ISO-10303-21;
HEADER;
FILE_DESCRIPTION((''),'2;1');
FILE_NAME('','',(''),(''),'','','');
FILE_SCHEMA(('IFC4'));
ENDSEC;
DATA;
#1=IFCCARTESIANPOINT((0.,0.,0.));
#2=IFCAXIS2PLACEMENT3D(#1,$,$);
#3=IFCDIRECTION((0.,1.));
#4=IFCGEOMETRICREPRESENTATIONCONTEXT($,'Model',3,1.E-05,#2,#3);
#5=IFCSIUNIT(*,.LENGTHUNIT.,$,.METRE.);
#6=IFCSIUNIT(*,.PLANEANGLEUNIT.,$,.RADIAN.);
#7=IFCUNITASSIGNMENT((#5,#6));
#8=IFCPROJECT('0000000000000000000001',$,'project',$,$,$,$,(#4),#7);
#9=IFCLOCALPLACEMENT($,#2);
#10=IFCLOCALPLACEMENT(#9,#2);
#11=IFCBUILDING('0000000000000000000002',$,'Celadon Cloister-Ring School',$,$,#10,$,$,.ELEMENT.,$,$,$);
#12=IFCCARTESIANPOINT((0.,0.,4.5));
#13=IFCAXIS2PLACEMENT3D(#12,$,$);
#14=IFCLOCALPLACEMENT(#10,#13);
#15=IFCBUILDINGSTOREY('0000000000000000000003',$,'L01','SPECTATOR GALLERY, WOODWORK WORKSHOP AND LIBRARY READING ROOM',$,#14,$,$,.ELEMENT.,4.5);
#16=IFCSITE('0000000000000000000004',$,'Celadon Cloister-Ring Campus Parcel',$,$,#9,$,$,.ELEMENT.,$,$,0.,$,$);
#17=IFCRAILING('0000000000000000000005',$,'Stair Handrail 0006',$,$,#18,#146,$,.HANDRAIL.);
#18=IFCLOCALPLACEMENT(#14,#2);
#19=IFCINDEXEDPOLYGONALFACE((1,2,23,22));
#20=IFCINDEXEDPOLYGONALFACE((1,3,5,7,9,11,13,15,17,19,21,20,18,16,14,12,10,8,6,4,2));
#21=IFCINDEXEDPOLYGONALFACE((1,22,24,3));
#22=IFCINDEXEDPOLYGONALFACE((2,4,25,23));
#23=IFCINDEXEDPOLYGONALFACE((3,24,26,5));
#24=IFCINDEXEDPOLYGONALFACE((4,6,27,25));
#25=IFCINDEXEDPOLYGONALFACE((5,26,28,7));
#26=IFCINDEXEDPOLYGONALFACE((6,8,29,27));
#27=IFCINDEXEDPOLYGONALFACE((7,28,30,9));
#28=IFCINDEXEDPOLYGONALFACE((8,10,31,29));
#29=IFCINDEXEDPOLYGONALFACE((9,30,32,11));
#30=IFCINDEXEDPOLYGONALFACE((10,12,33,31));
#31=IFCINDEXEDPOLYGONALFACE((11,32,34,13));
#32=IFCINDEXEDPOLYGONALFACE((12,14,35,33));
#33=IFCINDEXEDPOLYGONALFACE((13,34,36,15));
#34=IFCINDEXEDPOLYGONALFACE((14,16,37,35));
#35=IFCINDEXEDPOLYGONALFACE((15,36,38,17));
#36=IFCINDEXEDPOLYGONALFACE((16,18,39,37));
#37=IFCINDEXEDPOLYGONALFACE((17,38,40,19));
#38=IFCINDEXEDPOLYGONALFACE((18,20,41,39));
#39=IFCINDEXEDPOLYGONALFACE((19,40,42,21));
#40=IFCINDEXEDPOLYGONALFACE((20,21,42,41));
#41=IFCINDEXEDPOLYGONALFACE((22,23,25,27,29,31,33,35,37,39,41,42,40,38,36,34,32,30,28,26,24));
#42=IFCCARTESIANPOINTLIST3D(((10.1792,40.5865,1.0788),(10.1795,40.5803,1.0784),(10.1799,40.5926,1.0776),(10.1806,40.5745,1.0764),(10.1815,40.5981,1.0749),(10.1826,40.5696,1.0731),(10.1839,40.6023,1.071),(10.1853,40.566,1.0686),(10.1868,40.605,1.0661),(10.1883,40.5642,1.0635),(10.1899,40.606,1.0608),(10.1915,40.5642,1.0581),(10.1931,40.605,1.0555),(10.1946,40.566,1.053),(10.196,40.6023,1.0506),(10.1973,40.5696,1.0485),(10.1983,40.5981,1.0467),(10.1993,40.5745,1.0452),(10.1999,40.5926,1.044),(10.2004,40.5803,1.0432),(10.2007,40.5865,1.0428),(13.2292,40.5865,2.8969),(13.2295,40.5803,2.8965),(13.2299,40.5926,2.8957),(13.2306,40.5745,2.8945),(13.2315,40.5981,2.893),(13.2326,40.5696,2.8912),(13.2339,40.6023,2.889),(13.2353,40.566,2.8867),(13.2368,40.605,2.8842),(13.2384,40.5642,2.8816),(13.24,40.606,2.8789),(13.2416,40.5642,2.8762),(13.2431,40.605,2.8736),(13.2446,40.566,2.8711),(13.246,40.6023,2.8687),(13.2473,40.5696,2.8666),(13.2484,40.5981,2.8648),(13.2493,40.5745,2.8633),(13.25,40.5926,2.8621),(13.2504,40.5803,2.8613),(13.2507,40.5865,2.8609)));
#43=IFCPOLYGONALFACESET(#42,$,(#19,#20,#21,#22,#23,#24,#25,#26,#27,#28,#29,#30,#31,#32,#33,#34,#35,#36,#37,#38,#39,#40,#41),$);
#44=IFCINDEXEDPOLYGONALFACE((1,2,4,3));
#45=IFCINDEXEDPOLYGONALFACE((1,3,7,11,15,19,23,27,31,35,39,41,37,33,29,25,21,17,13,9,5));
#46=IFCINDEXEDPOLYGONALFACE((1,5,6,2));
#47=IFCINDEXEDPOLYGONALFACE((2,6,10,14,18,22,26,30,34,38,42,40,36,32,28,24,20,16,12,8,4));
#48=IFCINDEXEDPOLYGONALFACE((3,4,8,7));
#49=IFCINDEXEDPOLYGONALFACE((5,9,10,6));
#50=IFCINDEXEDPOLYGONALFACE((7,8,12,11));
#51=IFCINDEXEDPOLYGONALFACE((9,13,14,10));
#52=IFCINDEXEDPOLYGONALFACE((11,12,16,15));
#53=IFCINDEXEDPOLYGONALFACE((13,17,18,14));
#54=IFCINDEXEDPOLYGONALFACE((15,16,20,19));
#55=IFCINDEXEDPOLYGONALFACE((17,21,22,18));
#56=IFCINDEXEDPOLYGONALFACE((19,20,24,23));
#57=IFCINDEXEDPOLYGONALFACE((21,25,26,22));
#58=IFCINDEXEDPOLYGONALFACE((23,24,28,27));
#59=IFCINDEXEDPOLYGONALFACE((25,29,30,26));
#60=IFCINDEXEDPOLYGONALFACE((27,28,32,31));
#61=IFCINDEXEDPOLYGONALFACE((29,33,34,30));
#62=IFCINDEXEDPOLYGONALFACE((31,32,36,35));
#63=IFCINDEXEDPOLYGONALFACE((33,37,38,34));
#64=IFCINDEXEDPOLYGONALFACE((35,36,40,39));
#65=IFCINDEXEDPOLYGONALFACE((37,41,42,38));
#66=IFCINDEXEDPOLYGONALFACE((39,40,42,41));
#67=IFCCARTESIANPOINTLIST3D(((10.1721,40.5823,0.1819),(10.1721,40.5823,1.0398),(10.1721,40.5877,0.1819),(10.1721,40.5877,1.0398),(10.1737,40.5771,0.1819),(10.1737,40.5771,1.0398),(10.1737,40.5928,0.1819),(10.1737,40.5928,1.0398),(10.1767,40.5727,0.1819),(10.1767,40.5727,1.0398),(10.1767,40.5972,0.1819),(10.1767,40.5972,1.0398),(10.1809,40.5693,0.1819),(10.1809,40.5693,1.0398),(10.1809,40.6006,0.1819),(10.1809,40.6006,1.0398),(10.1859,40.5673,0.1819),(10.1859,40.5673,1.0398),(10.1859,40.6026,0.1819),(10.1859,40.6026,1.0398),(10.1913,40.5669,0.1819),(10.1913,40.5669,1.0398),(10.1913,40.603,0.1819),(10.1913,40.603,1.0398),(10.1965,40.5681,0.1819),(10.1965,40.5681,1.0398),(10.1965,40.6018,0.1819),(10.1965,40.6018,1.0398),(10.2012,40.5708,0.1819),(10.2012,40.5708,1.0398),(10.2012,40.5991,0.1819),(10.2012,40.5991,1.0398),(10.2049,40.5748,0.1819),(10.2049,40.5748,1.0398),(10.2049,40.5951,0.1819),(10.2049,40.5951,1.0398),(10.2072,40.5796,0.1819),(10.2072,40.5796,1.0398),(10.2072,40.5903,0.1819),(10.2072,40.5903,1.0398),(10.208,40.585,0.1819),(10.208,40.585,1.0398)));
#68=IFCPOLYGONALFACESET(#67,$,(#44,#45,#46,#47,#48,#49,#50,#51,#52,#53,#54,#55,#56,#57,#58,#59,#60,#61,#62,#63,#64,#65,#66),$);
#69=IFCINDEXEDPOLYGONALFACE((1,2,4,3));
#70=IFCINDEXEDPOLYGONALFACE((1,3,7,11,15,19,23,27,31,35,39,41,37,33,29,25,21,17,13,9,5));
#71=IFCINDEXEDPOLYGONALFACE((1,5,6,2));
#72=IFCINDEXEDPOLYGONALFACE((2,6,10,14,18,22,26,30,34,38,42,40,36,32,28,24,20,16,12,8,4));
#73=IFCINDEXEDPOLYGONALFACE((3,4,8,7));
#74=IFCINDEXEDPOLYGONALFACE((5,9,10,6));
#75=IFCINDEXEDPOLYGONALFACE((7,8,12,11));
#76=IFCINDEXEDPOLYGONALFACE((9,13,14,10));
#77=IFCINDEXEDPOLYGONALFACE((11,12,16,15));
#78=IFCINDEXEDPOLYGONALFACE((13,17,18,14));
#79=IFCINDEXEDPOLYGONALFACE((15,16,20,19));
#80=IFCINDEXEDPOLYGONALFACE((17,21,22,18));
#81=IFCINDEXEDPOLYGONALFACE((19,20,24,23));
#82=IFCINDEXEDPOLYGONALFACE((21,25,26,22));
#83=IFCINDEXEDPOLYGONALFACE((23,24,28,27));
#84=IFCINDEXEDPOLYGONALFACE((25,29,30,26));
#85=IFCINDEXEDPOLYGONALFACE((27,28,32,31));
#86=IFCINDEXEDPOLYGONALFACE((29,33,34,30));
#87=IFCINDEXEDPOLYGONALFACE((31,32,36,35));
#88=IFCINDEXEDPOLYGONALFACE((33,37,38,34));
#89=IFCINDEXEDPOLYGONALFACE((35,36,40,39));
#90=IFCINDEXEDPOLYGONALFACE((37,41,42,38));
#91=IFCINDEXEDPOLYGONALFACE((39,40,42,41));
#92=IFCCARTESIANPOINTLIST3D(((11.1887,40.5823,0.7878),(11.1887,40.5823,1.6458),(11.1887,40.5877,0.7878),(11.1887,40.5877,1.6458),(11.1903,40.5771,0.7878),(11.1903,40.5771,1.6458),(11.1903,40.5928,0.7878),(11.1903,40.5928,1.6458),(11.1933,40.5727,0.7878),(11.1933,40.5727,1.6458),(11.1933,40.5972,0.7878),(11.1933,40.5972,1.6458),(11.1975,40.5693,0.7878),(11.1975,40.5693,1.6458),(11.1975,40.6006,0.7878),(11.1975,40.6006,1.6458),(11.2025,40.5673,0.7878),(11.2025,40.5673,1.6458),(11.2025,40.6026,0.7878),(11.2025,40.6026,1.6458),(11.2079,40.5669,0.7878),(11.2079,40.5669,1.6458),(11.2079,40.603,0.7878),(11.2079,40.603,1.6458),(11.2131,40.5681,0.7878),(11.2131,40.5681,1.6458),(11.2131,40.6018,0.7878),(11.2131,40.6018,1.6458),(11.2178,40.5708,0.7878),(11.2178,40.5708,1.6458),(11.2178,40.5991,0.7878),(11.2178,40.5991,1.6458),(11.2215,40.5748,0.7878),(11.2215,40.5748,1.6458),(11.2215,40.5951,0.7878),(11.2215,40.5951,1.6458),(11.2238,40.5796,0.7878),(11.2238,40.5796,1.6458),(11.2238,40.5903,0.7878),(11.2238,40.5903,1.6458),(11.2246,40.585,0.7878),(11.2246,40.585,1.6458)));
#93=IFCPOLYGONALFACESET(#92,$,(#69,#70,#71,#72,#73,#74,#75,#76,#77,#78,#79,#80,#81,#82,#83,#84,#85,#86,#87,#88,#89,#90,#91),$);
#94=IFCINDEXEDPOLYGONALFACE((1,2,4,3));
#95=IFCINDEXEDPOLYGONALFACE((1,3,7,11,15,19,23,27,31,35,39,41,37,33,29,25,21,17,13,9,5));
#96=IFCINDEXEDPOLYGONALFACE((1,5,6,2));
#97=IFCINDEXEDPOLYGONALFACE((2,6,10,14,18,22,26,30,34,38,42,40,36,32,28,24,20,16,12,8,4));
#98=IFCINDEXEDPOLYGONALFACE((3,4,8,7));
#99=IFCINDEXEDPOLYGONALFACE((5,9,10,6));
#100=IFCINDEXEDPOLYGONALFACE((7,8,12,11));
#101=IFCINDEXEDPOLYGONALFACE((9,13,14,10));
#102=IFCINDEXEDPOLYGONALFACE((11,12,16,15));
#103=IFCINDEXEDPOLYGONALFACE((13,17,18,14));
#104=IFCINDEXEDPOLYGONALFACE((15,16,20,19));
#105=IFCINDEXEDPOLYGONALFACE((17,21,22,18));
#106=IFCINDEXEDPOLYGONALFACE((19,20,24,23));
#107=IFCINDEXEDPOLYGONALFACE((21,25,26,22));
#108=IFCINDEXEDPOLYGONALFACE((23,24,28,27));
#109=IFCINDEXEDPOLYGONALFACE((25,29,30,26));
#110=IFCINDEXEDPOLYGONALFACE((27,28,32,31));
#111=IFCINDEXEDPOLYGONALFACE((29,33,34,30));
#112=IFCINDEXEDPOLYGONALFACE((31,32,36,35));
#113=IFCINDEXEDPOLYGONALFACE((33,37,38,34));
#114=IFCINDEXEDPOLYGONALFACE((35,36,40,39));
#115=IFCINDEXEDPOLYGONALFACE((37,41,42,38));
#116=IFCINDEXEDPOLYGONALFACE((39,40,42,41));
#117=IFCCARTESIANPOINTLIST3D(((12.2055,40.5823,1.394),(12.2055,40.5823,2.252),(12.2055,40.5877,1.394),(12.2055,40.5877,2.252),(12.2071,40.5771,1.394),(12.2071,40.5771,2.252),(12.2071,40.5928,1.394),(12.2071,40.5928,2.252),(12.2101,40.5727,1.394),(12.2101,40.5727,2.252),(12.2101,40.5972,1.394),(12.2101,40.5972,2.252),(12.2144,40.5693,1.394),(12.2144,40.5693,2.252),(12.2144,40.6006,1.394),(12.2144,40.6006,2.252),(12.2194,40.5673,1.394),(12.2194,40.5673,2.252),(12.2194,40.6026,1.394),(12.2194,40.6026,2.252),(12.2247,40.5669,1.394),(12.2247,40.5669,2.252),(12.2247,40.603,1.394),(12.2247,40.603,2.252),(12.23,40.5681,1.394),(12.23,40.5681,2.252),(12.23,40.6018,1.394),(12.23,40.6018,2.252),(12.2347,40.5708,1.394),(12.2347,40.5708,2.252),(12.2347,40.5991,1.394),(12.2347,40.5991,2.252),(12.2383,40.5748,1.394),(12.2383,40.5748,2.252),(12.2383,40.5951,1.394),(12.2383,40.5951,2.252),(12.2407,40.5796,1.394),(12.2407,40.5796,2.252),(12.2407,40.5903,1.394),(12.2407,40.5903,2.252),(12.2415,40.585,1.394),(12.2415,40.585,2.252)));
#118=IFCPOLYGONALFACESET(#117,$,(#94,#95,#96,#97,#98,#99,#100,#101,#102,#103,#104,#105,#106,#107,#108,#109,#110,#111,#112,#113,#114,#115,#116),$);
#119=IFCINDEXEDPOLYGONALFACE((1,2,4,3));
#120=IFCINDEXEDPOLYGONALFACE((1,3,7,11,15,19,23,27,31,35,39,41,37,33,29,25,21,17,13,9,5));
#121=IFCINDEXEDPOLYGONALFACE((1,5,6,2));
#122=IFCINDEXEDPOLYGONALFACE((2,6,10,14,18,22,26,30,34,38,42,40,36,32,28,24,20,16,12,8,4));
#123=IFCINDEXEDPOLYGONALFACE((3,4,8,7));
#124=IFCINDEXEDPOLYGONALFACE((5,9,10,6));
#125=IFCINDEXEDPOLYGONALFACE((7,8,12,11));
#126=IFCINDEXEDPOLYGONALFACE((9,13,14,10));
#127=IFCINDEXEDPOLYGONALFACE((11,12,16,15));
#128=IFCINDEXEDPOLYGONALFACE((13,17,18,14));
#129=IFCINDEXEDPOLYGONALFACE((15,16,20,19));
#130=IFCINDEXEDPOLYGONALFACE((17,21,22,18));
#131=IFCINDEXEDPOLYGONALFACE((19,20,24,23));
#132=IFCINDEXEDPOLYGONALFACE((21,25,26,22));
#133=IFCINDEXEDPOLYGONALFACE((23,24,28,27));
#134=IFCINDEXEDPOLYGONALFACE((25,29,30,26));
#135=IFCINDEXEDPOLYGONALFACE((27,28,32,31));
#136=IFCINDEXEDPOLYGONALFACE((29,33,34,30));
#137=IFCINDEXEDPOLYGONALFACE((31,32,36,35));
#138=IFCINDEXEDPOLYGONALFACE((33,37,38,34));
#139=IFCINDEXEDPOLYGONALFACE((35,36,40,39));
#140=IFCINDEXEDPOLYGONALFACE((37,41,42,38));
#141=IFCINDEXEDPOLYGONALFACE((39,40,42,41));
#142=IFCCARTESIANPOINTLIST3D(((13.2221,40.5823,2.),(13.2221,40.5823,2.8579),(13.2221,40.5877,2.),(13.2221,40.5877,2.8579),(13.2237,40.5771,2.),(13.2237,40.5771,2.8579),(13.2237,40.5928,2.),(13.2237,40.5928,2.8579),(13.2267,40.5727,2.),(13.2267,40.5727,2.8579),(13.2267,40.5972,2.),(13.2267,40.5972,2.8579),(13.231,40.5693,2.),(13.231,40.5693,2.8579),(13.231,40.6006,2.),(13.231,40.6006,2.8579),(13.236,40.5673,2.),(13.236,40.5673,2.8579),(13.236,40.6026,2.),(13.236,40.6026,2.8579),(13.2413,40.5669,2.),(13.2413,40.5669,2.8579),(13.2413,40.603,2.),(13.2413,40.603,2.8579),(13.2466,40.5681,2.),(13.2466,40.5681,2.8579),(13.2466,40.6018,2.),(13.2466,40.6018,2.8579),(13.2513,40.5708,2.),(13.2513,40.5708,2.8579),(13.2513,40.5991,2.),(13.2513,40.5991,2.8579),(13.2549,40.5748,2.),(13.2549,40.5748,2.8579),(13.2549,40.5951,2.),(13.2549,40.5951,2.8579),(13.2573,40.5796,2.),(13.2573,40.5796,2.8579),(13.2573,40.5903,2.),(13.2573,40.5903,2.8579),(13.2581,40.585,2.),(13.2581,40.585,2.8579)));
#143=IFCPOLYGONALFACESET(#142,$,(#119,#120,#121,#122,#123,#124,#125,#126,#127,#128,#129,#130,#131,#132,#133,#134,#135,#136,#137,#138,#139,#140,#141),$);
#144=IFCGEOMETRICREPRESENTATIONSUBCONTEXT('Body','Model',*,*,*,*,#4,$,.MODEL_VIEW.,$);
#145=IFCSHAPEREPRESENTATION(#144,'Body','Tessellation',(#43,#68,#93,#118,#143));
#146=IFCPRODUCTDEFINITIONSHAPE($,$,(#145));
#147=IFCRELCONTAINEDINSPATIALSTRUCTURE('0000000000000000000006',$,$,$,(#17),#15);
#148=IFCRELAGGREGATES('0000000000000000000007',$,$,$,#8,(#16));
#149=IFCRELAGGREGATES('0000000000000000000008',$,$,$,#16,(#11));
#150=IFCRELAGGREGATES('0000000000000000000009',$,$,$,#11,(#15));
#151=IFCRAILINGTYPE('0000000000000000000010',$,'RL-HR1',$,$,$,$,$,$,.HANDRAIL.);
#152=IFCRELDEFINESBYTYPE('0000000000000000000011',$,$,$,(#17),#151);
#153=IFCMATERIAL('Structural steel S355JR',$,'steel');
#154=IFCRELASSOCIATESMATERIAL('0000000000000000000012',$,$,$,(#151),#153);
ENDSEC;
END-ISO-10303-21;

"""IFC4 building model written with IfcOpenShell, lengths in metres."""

from ifc_helpers import new_model, si_unit, direction, frame, origin, origin_2d, place, context, subcontext, project, spatial, circle, extrude, material, type_object, element, save


model = new_model("IFC4")

# Units and contexts
model_context = context("Model", 3, precision=1e-05, world=origin(), true_north=direction((0.0, 1.0)))
body_context = subcontext(model_context, "Body", "Model", "MODEL_VIEW")
ifc_project = project(units=[si_unit("LENGTHUNIT", "METRE"), si_unit("PLANEANGLEUNIT", "RADIAN")], contexts=[model_context])

# Site, building, storey
site_placement = place(None, origin())
site = spatial("IfcSite", under=ifc_project, at=site_placement, Name="Celadon Cloister-Ring Campus Parcel", CompositionType="ELEMENT", RefElevation=0.0)
building_placement = place(site_placement, origin())
building = spatial("IfcBuilding", under=site, at=building_placement, Name="Celadon Cloister-Ring School", CompositionType="ELEMENT")
storey_placement = place(building_placement, frame((0.0, 0.0, 4.5)))
storey = spatial("IfcBuildingStorey", under=building, at=storey_placement, Name="L01", Description="SPECTATOR GALLERY, WOODWORK WORKSHOP AND LIBRARY READING ROOM", CompositionType="ELEMENT", Elevation=4.5)

# Railing
ifc_material_1 = material(Name="Structural steel S355JR", Category="steel")
railing_type_1 = type_object("IfcRailingType", Name="RL-HR1", PredefinedType="HANDRAIL", material=ifc_material_1)
for number, where, name in (
    (1, (10.1899, 40.585, 0.1819), "Stair Handrail 0006"),
):
    element("IfcRailing", number, at=place(storey_placement, frame(where)), inside=storey, type_object=railing_type_1, Name=name, PredefinedType="HANDRAIL", context=body_context, shape_type="SweptSolid", body=[
        extrude(circle(Radius=0.021, at=origin_2d()), frame((0.0, 0.0, 0.8789), z_axis=(0.85897, 0.0, 0.512026), x_axis=(0.0, 1.0, 0.0)), (0.0, 0.0, 1.0), 3.5508),
        extrude(circle(Radius=0.0181, at=origin_2d()), origin(), (0.0, 0.0, 1.0), 0.8579),
        extrude(circle(Radius=0.0181, at=origin_2d()), frame((1.0166, 0.0, 0.606)), (0.0, 0.0, 1.0), 0.8579),
        extrude(circle(Radius=0.0181, at=origin_2d()), frame((2.0334, 0.0, 1.2122)), (0.0, 0.0, 1.0), 0.8579),
        extrude(circle(Radius=0.0181, at=origin_2d()), frame((3.05, 0.0, 1.8181)), (0.0, 0.0, 1.0), 0.8579),
    ])

save(model, "model.ifc")
